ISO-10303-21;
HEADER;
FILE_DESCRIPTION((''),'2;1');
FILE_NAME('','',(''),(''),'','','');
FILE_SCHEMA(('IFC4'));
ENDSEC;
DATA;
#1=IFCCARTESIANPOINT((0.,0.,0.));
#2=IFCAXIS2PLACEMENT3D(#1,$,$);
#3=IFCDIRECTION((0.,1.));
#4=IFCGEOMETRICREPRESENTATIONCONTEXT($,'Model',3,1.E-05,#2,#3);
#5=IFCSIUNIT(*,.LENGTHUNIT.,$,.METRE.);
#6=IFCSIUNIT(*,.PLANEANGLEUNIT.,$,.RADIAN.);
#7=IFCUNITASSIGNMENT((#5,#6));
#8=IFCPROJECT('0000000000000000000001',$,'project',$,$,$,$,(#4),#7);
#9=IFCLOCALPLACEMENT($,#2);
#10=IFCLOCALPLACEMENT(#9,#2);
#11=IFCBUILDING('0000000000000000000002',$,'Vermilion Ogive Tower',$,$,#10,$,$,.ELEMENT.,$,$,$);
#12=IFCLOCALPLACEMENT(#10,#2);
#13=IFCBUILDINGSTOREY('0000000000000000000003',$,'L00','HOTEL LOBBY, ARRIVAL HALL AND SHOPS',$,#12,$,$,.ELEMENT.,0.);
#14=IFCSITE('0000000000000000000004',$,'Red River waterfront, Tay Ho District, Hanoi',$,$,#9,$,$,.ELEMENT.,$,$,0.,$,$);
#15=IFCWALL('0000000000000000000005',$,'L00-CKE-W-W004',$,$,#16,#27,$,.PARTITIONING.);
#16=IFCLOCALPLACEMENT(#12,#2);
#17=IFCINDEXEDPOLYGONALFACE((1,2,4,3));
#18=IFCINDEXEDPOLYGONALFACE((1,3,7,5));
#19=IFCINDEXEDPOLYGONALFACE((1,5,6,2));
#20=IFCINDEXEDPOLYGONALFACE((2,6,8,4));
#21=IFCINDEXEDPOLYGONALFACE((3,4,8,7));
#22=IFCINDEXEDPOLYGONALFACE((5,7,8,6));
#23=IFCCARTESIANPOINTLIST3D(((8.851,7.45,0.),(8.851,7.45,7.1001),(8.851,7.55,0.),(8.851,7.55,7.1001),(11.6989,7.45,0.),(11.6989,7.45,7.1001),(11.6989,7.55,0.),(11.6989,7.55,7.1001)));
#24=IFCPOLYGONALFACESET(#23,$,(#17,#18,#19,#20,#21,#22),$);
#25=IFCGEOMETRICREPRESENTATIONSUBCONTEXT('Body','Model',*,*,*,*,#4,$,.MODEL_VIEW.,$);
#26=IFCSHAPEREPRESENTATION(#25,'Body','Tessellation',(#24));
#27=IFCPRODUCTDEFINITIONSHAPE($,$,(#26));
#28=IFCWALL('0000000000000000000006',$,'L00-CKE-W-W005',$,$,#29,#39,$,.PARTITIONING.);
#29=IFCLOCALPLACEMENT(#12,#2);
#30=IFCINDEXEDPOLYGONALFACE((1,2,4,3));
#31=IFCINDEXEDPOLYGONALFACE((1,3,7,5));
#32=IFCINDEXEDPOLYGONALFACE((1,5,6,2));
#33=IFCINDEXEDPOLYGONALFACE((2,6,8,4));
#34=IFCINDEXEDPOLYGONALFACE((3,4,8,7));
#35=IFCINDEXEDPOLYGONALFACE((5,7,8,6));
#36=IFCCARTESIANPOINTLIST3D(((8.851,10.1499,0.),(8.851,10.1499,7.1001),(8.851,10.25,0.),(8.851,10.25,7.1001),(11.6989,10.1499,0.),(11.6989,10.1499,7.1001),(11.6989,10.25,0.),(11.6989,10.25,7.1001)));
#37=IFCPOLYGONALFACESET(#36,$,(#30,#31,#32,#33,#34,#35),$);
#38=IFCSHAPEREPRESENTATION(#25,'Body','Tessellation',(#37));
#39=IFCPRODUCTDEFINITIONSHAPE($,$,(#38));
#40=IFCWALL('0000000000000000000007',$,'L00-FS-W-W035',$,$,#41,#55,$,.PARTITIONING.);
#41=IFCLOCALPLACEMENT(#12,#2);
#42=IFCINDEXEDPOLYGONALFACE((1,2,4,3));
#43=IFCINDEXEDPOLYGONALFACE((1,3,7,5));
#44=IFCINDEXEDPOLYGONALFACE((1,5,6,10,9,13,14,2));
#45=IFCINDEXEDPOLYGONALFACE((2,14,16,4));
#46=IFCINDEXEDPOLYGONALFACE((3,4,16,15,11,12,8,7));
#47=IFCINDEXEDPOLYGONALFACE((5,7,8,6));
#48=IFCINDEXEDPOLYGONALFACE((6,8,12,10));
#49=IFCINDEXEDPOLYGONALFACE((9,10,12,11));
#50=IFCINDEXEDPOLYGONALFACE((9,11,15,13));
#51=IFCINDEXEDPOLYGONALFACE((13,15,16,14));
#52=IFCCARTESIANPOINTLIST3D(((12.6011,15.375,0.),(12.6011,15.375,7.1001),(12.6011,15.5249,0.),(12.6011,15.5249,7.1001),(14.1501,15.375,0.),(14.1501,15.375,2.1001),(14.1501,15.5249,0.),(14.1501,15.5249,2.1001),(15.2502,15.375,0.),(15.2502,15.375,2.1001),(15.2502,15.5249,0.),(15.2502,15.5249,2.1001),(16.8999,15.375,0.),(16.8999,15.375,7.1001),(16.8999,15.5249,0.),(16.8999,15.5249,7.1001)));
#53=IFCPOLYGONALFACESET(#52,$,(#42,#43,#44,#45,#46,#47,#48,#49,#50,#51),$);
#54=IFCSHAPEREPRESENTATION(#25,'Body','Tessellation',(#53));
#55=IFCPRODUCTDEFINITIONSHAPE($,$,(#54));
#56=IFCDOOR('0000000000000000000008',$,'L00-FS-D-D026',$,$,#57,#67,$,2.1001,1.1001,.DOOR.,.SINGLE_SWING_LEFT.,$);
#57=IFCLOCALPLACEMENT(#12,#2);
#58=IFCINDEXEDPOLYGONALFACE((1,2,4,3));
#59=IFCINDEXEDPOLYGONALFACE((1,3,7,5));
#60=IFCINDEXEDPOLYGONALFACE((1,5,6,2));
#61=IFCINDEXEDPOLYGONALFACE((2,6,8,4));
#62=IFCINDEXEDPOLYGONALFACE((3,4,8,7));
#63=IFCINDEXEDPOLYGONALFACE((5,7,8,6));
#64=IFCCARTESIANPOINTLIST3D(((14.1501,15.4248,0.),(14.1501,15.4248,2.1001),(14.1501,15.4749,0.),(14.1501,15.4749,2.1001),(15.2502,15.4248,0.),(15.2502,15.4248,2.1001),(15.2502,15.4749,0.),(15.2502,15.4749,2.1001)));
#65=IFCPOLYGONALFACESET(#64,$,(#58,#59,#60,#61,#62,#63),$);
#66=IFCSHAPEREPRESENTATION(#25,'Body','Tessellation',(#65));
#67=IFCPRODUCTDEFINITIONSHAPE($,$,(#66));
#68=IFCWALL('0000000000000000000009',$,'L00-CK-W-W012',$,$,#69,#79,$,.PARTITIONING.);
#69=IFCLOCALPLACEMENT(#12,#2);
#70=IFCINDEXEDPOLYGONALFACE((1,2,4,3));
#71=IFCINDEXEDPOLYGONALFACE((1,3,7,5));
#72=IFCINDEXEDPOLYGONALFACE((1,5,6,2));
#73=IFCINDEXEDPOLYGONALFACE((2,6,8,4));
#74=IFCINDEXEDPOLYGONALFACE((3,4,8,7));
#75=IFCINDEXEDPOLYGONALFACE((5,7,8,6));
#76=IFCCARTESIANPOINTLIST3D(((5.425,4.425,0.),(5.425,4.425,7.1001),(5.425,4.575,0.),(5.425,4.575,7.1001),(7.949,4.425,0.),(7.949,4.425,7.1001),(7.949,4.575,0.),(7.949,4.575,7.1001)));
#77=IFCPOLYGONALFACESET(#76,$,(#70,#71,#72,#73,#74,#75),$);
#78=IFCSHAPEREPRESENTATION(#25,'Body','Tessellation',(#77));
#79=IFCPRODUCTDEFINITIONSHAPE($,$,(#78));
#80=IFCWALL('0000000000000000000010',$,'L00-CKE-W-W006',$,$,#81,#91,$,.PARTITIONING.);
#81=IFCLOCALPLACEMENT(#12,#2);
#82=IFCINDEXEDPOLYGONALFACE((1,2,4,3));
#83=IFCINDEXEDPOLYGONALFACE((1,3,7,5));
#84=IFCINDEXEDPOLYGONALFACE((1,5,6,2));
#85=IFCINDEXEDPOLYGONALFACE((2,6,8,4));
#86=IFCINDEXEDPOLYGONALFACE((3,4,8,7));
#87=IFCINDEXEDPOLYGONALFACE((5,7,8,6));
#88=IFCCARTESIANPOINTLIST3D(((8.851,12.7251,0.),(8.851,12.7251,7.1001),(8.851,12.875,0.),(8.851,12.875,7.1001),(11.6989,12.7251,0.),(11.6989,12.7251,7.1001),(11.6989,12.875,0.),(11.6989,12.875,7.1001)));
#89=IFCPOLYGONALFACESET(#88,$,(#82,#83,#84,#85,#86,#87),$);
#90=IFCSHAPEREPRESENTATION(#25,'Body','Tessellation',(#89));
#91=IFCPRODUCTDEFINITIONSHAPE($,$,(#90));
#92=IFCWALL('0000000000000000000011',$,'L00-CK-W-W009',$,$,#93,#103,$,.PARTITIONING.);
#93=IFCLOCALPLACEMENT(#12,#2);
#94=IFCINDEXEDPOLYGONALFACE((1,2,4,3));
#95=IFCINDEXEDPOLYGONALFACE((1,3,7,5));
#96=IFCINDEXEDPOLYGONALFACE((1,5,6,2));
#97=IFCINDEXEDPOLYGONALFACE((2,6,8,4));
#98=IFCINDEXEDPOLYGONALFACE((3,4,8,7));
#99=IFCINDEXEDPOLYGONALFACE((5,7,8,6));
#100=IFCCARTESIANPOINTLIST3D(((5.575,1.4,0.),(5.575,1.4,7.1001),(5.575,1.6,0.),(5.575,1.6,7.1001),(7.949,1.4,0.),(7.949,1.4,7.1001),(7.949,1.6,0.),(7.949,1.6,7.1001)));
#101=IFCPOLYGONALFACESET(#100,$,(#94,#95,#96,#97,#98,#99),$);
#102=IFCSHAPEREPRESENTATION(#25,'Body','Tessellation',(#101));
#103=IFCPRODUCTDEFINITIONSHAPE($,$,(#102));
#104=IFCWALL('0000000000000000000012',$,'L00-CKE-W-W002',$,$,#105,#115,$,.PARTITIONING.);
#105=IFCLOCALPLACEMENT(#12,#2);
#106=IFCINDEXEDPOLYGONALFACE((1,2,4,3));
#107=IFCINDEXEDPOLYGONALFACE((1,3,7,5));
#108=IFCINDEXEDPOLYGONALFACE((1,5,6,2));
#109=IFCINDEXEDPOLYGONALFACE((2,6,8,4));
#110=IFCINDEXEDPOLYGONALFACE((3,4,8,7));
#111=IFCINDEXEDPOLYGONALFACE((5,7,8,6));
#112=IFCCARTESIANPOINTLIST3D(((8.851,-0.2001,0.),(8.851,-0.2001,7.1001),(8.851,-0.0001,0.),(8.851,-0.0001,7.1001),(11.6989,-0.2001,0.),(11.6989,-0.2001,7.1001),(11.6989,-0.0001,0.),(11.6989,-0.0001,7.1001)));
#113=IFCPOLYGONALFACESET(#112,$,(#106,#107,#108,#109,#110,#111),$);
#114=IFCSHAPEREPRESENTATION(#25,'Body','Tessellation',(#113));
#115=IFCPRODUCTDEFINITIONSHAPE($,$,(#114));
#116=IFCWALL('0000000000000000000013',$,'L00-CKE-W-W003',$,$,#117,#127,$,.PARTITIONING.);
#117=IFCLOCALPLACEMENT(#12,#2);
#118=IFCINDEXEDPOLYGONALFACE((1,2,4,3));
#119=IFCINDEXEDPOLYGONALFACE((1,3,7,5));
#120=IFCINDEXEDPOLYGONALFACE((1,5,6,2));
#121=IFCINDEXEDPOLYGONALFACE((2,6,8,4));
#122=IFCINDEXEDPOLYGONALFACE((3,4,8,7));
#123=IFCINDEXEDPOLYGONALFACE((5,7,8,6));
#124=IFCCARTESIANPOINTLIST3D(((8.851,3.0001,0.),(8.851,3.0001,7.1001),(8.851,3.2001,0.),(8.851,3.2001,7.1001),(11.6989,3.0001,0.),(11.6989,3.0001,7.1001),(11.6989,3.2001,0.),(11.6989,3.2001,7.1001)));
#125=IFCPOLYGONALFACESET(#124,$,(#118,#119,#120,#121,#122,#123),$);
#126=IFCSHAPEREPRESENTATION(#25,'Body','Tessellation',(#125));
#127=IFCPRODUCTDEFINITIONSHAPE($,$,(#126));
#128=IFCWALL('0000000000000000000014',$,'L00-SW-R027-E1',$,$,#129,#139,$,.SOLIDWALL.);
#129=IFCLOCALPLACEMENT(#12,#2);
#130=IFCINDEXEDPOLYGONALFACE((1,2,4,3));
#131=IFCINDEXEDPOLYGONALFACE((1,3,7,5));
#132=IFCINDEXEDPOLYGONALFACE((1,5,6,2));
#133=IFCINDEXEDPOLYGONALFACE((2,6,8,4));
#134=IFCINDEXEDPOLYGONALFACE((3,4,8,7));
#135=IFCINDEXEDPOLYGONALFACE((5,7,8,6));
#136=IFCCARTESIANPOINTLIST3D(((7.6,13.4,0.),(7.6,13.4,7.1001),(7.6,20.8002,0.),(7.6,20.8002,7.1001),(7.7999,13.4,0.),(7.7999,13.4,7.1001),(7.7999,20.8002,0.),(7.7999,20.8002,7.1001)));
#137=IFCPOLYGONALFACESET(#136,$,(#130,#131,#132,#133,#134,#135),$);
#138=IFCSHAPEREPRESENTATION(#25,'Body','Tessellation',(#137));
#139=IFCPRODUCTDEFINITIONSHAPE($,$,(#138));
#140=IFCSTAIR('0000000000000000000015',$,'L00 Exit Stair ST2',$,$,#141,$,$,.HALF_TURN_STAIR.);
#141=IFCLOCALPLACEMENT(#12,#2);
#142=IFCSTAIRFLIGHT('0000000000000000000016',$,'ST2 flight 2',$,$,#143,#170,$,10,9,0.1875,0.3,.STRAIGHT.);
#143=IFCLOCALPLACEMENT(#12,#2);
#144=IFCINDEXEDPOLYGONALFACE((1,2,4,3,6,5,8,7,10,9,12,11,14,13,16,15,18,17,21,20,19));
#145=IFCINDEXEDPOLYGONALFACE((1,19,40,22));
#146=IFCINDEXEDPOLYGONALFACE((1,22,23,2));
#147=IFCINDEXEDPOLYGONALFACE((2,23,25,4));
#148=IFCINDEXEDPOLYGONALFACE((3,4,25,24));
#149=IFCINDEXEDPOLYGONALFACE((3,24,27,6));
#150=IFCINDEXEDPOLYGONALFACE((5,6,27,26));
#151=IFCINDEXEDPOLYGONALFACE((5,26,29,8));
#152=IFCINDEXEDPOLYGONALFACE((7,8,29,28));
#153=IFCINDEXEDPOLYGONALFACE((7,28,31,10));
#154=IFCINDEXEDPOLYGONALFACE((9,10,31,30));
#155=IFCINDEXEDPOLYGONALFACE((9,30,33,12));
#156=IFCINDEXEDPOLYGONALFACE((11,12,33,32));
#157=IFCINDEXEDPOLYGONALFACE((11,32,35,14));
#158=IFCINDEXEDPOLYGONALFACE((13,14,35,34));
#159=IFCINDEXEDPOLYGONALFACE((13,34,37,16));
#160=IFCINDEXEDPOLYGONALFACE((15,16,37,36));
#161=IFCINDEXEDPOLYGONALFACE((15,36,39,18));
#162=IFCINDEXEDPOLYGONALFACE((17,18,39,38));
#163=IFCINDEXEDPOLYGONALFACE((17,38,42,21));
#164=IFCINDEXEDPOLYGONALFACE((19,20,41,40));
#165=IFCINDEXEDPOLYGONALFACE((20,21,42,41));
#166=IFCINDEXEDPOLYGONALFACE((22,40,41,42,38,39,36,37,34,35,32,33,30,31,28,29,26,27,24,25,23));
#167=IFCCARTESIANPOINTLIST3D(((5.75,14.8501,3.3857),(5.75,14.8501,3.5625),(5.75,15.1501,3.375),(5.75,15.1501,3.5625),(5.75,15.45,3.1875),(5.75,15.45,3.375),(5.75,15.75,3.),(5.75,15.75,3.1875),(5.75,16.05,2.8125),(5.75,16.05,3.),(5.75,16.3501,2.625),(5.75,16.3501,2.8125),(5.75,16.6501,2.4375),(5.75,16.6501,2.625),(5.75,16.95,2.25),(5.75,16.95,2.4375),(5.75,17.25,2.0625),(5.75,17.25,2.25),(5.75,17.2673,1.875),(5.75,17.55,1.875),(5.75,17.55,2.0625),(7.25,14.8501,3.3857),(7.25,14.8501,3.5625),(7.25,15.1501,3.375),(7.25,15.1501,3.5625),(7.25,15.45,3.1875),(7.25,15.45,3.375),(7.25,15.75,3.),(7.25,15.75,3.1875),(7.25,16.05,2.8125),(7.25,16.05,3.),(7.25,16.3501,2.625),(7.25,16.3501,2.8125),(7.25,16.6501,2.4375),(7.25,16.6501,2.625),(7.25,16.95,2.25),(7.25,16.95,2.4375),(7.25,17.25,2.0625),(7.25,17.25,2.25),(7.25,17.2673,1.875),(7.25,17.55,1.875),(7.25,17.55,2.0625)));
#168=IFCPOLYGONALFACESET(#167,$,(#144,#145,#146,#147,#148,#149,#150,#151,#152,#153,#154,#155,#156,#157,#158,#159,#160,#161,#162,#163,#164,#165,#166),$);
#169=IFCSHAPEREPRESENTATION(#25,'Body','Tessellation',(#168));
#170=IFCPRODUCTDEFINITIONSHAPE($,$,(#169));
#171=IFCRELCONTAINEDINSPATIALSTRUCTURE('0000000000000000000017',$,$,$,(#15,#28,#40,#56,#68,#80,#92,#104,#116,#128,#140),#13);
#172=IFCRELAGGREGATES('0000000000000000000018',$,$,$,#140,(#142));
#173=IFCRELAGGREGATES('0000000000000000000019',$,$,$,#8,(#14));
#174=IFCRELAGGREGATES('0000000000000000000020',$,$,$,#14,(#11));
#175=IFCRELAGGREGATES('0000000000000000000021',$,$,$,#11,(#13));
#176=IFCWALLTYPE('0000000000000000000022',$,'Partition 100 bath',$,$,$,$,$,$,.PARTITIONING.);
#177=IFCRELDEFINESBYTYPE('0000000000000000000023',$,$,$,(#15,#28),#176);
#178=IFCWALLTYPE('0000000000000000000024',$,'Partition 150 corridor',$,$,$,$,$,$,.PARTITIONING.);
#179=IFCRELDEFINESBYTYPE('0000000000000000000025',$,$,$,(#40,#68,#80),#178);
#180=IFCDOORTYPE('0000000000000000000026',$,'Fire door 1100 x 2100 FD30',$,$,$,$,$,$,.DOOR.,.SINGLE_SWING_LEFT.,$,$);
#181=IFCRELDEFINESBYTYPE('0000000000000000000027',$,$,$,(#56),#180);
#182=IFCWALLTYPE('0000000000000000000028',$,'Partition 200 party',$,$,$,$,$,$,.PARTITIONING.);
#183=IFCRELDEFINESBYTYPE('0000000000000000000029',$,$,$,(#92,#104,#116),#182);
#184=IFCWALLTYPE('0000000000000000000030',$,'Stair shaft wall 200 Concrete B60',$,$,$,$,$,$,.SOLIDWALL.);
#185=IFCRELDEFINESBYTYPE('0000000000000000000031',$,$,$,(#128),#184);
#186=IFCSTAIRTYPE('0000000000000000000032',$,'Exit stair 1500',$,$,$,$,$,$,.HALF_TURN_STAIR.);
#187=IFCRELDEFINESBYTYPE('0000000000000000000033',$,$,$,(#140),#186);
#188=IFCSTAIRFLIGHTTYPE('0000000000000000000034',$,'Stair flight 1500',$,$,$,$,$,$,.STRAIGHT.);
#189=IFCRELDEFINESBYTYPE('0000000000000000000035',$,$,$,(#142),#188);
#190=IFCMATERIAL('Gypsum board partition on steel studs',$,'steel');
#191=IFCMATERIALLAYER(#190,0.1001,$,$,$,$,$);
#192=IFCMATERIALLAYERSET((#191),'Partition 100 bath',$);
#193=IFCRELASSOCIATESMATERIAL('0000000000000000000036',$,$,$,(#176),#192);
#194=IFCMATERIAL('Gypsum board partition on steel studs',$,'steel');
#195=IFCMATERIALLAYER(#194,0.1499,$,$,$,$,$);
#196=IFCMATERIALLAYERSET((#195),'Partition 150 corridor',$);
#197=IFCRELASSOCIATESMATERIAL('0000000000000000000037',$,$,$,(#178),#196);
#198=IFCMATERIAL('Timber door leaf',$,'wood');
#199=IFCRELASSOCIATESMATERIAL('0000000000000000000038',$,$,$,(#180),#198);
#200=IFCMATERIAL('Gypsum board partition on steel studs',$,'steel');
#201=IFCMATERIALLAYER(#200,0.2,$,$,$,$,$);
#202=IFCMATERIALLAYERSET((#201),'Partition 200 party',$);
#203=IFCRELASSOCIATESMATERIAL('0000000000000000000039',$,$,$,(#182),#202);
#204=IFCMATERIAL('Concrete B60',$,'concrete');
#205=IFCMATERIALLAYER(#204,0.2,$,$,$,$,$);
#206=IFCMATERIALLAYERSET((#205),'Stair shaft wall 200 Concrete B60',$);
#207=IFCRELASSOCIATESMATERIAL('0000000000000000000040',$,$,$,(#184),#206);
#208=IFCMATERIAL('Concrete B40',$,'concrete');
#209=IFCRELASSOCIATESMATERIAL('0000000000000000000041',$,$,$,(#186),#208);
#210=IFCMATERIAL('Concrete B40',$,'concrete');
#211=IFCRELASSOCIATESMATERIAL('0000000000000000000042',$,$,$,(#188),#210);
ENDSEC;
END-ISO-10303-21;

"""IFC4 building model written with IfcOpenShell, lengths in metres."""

from ifc_helpers import new_model, si_unit, direction, frame, frame_2d, origin, place, context, subcontext, project, spatial, polyline, rectangle, outline, extrude, material, layer, layer_set, type_object, element, fill, aggregate, save


model = new_model("IFC4")

# Units and contexts
model_context = context("Model", 3, precision=1e-05, world=origin(), true_north=direction((0.0, 1.0)))
body_context = subcontext(model_context, "Body", "Model", "MODEL_VIEW")
ifc_project = project(units=[si_unit("LENGTHUNIT", "METRE"), si_unit("PLANEANGLEUNIT", "RADIAN")], contexts=[model_context])

# Site, building, storey
site_placement = place(None, origin())
site = spatial("IfcSite", under=ifc_project, at=site_placement, Name="Red River waterfront, Tay Ho District, Hanoi", CompositionType="ELEMENT", RefElevation=0.0)
building_placement = place(site_placement, origin())
building = spatial("IfcBuilding", under=site, at=building_placement, Name="Vermilion Ogive Tower", CompositionType="ELEMENT")
storey_placement = place(building_placement, origin())
storey = spatial("IfcBuildingStorey", under=building, at=storey_placement, Name="L00", Description="HOTEL LOBBY, ARRIVAL HALL AND SHOPS", CompositionType="ELEMENT", Elevation=0.0)

# Walls
ifc_material_1 = material(Name="Gypsum board partition on steel studs", Category="steel")
ifc_layer_1 = layer(ifc_material_1, 0.1001)
ifc_layer_set_1 = layer_set([ifc_layer_1], Name="Partition 100 bath")
wall_type_1 = type_object("IfcWallType", Name="Partition 100 bath", PredefinedType="PARTITIONING", material=ifc_layer_set_1)
for number, where, z_axis, x_axis, name in (
    (1, (8.8511, 7.5, 0.0), (0.0, 0.0, 1.0), (1.0, 0.0, 0.0), "L00-CKE-W-W004"),
    (2, (8.8511, 10.2, 0.0), (0.0, 0.0, 1.0), (1.0, 0.0, 0.0), "L00-CKE-W-W005"),
):
    element("IfcWall", number, at=place(storey_placement, frame(where, z_axis=z_axis, x_axis=x_axis)), inside=storey, type_object=wall_type_1, Name=name, PredefinedType="PARTITIONING", context=body_context, shape_type="SweptSolid", body=[
        extrude(rectangle(XDim=2.8479, YDim=0.1001, at=frame_2d((1.4238, 0.0))), origin(), (0.0, 0.0, 1.0), 7.1001),
    ])

# Wall, opening, door
ifc_material_2 = material(Name="Gypsum board partition on steel studs", Category="steel")
ifc_layer_2 = layer(ifc_material_2, 0.1499)
ifc_layer_set_2 = layer_set([ifc_layer_2], Name="Partition 150 corridor")
wall_type_2 = type_object("IfcWallType", Name="Partition 150 corridor", PredefinedType="PARTITIONING", material=ifc_layer_set_2)
wall_1_placement = place(storey_placement, frame((12.6011, 15.45, 0.0), z_axis=(0.0, 0.0, 1.0), x_axis=(1.0, 0.0, 0.0)))
wall_1 = element("IfcWall", 3, at=wall_1_placement, inside=storey, type_object=wall_type_2, Name="L00-FS-W-W035", PredefinedType="PARTITIONING", context=body_context, shape_type="SweptSolid", body=[
    extrude(rectangle(XDim=4.2988, YDim=0.1499, at=frame_2d((2.1494, 0.0))), origin(), (0.0, 0.0, 1.0), 7.1001),
])
opening_placement = place(wall_1_placement, frame((1.5491, 0.0, 0.0)))
opening = element("IfcOpeningElement", 4, at=opening_placement, cuts=wall_1, PredefinedType="OPENING", context=body_context, shape_type="SweptSolid", body=[
    extrude(rectangle(XDim=1.1001, YDim=2.1001, at=frame_2d((0.55, 1.05))), frame((0.0, 0.085, 0.0), z_axis=(0.0, -1.0, 0.0), x_axis=(1.0, 0.0, 0.0)), (0.0, 0.0, 1.0), 0.1699),
])
ifc_material_3 = material(Name="Timber door leaf", Category="wood")
door_type = type_object("IfcDoorType", Name="Fire door 1100 x 2100 FD30", OperationType="SINGLE_SWING_LEFT", PredefinedType="DOOR", material=ifc_material_3)
door_placement = place(opening_placement, origin())
door = element("IfcDoor", 5, at=door_placement, inside=storey, type_object=door_type, Name="L00-FS-D-D026", OperationType="SINGLE_SWING_LEFT", OverallHeight=2.1001, OverallWidth=1.1001, PredefinedType="DOOR", context=body_context, shape_type="SweptSolid", body=[
    extrude(rectangle(XDim=1.1001, YDim=2.1001, at=frame_2d((0.55, 1.05))), frame((0.0, 0.0249, 0.0), z_axis=(0.0, -1.0, 0.0), x_axis=(1.0, 0.0, 0.0)), (0.0, 0.0, 1.0), 0.05),
])
fill(opening, door)

# Walls
wall_2_placement = place(storey_placement, frame((5.425, 4.5, 0.0), z_axis=(0.0, 0.0, 1.0), x_axis=(1.0, 0.0, 0.0)))
element("IfcWall", 6, at=wall_2_placement, inside=storey, type_object=wall_type_2, Name="L00-CK-W-W012", PredefinedType="PARTITIONING", context=body_context, shape_type="SweptSolid", body=[
    extrude(rectangle(XDim=2.5239, YDim=0.1499, at=frame_2d((1.262, 0.0))), origin(), (0.0, 0.0, 1.0), 7.1001),
])
wall_3_placement = place(storey_placement, frame((8.8511, 12.8, 0.0), z_axis=(0.0, 0.0, 1.0), x_axis=(1.0, 0.0, 0.0)))
element("IfcWall", 7, at=wall_3_placement, inside=storey, type_object=wall_type_2, Name="L00-CKE-W-W006", PredefinedType="PARTITIONING", context=body_context, shape_type="SweptSolid", body=[
    extrude(rectangle(XDim=2.8479, YDim=0.1499, at=frame_2d((1.4238, 0.0))), origin(), (0.0, 0.0, 1.0), 7.1001),
])
ifc_material_4 = material(Name="Gypsum board partition on steel studs", Category="steel")
ifc_layer_3 = layer(ifc_material_4, 0.2)
ifc_layer_set_3 = layer_set([ifc_layer_3], Name="Partition 200 party")
wall_type_3 = type_object("IfcWallType", Name="Partition 200 party", PredefinedType="PARTITIONING", material=ifc_layer_set_3)
wall_4_placement = place(storey_placement, frame((5.575, 1.5, 0.0), z_axis=(0.0, 0.0, 1.0), x_axis=(1.0, 0.0, 0.0)))
element("IfcWall", 8, at=wall_4_placement, inside=storey, type_object=wall_type_3, Name="L00-CK-W-W009", PredefinedType="PARTITIONING", context=body_context, shape_type="SweptSolid", body=[
    extrude(rectangle(XDim=2.374, YDim=0.2, at=frame_2d((1.187, 0.0))), origin(), (0.0, 0.0, 1.0), 7.1001),
])
for number, where, z_axis, x_axis, name in (
    (9, (8.8511, -0.1001, 0.0), (0.0, 0.0, 1.0), (1.0, 0.0, 0.0), "L00-CKE-W-W002"),
    (10, (8.8511, 3.1001, 0.0), (0.0, 0.0, 1.0), (1.0, 0.0, 0.0), "L00-CKE-W-W003"),
):
    element("IfcWall", number, at=place(storey_placement, frame(where, z_axis=z_axis, x_axis=x_axis)), inside=storey, type_object=wall_type_3, Name=name, PredefinedType="PARTITIONING", context=body_context, shape_type="SweptSolid", body=[
        extrude(rectangle(XDim=2.8479, YDim=0.2, at=frame_2d((1.4238, 0.0))), origin(), (0.0, 0.0, 1.0), 7.1001),
    ])
ifc_material_5 = material(Name="Concrete B60", Category="concrete")
ifc_layer_4 = layer(ifc_material_5, 0.2)
ifc_layer_set_4 = layer_set([ifc_layer_4], Name="Stair shaft wall 200 Concrete B60")
wall_type_4 = type_object("IfcWallType", Name="Stair shaft wall 200 Concrete B60", PredefinedType="SOLIDWALL", material=ifc_layer_set_4)
wall_5_placement = place(storey_placement, frame((7.7, 13.3999, 0.0), z_axis=(0.0, 0.0, 1.0), x_axis=(0.0, 1.0, 0.0)))
element("IfcWall", 11, at=wall_5_placement, inside=storey, type_object=wall_type_4, Name="L00-SW-R027-E1", PredefinedType="SOLIDWALL", context=body_context, shape_type="SweptSolid", body=[
    extrude(rectangle(XDim=7.4001, YDim=0.2, at=frame_2d((3.7002, 0.0))), origin(), (0.0, 0.0, 1.0), 7.1001),
])

# Stair, stair flight
ifc_material_6 = material(Name="Concrete B40", Category="concrete")
stair_type = type_object("IfcStairType", Name="Exit stair 1500", PredefinedType="HALF_TURN_STAIR", material=ifc_material_6)
stair_placement = place(storey_placement, origin())
stair = element("IfcStair", 12, at=stair_placement, inside=storey, type_object=stair_type, Name="L00 Exit Stair ST2", PredefinedType="HALF_TURN_STAIR")
ifc_material_7 = material(Name="Concrete B40", Category="concrete")
stair_flight_type = type_object("IfcStairFlightType", Name="Stair flight 1500", PredefinedType="STRAIGHT", material=ifc_material_7)
stair_flight_1_placement = place(storey_placement, frame((6.5, 17.55, 1.875), z_axis=(0.0, 0.0, 1.0), x_axis=(0.0, -1.0, 0.0)))
stair_flight_1 = element("IfcStairFlight", 13, at=stair_flight_1_placement, type_object=stair_flight_type, Name="ST2 flight 2", NumberOfRisers=10, NumberOfTreads=9, PredefinedType="STRAIGHT", RiserHeight=0.1875, TreadLength=0.3, context=body_context, shape_type="SweptSolid", body=[
    extrude(outline(polyline([(0.0, 0.0), (0.0, 0.1875), (0.3, 0.1875), (0.3, 0.375), (0.6001, 0.375), (0.6001, 0.5625), (0.8999, 0.5625), (0.8999, 0.75), (1.2, 0.75), (1.2, 0.9375), (1.5, 0.9375), (1.5, 1.125), (1.8, 1.125), (1.8, 1.3125), (2.1001, 1.3125), (2.1001, 1.5), (2.3999, 1.5), (2.3999, 1.6875), (2.7, 1.6875), (2.7, 1.875), (2.7, 1.5107), (0.2827, 0.0), (0.0, 0.0)])), frame((0.0, 0.75, 0.0), z_axis=(0.0, -1.0, 0.0), x_axis=(1.0, 0.0, 0.0)), (0.0, 0.0, 1.0), 1.5),
])
aggregate(stair, [stair_flight_1])

save(model, "model.ifc")
